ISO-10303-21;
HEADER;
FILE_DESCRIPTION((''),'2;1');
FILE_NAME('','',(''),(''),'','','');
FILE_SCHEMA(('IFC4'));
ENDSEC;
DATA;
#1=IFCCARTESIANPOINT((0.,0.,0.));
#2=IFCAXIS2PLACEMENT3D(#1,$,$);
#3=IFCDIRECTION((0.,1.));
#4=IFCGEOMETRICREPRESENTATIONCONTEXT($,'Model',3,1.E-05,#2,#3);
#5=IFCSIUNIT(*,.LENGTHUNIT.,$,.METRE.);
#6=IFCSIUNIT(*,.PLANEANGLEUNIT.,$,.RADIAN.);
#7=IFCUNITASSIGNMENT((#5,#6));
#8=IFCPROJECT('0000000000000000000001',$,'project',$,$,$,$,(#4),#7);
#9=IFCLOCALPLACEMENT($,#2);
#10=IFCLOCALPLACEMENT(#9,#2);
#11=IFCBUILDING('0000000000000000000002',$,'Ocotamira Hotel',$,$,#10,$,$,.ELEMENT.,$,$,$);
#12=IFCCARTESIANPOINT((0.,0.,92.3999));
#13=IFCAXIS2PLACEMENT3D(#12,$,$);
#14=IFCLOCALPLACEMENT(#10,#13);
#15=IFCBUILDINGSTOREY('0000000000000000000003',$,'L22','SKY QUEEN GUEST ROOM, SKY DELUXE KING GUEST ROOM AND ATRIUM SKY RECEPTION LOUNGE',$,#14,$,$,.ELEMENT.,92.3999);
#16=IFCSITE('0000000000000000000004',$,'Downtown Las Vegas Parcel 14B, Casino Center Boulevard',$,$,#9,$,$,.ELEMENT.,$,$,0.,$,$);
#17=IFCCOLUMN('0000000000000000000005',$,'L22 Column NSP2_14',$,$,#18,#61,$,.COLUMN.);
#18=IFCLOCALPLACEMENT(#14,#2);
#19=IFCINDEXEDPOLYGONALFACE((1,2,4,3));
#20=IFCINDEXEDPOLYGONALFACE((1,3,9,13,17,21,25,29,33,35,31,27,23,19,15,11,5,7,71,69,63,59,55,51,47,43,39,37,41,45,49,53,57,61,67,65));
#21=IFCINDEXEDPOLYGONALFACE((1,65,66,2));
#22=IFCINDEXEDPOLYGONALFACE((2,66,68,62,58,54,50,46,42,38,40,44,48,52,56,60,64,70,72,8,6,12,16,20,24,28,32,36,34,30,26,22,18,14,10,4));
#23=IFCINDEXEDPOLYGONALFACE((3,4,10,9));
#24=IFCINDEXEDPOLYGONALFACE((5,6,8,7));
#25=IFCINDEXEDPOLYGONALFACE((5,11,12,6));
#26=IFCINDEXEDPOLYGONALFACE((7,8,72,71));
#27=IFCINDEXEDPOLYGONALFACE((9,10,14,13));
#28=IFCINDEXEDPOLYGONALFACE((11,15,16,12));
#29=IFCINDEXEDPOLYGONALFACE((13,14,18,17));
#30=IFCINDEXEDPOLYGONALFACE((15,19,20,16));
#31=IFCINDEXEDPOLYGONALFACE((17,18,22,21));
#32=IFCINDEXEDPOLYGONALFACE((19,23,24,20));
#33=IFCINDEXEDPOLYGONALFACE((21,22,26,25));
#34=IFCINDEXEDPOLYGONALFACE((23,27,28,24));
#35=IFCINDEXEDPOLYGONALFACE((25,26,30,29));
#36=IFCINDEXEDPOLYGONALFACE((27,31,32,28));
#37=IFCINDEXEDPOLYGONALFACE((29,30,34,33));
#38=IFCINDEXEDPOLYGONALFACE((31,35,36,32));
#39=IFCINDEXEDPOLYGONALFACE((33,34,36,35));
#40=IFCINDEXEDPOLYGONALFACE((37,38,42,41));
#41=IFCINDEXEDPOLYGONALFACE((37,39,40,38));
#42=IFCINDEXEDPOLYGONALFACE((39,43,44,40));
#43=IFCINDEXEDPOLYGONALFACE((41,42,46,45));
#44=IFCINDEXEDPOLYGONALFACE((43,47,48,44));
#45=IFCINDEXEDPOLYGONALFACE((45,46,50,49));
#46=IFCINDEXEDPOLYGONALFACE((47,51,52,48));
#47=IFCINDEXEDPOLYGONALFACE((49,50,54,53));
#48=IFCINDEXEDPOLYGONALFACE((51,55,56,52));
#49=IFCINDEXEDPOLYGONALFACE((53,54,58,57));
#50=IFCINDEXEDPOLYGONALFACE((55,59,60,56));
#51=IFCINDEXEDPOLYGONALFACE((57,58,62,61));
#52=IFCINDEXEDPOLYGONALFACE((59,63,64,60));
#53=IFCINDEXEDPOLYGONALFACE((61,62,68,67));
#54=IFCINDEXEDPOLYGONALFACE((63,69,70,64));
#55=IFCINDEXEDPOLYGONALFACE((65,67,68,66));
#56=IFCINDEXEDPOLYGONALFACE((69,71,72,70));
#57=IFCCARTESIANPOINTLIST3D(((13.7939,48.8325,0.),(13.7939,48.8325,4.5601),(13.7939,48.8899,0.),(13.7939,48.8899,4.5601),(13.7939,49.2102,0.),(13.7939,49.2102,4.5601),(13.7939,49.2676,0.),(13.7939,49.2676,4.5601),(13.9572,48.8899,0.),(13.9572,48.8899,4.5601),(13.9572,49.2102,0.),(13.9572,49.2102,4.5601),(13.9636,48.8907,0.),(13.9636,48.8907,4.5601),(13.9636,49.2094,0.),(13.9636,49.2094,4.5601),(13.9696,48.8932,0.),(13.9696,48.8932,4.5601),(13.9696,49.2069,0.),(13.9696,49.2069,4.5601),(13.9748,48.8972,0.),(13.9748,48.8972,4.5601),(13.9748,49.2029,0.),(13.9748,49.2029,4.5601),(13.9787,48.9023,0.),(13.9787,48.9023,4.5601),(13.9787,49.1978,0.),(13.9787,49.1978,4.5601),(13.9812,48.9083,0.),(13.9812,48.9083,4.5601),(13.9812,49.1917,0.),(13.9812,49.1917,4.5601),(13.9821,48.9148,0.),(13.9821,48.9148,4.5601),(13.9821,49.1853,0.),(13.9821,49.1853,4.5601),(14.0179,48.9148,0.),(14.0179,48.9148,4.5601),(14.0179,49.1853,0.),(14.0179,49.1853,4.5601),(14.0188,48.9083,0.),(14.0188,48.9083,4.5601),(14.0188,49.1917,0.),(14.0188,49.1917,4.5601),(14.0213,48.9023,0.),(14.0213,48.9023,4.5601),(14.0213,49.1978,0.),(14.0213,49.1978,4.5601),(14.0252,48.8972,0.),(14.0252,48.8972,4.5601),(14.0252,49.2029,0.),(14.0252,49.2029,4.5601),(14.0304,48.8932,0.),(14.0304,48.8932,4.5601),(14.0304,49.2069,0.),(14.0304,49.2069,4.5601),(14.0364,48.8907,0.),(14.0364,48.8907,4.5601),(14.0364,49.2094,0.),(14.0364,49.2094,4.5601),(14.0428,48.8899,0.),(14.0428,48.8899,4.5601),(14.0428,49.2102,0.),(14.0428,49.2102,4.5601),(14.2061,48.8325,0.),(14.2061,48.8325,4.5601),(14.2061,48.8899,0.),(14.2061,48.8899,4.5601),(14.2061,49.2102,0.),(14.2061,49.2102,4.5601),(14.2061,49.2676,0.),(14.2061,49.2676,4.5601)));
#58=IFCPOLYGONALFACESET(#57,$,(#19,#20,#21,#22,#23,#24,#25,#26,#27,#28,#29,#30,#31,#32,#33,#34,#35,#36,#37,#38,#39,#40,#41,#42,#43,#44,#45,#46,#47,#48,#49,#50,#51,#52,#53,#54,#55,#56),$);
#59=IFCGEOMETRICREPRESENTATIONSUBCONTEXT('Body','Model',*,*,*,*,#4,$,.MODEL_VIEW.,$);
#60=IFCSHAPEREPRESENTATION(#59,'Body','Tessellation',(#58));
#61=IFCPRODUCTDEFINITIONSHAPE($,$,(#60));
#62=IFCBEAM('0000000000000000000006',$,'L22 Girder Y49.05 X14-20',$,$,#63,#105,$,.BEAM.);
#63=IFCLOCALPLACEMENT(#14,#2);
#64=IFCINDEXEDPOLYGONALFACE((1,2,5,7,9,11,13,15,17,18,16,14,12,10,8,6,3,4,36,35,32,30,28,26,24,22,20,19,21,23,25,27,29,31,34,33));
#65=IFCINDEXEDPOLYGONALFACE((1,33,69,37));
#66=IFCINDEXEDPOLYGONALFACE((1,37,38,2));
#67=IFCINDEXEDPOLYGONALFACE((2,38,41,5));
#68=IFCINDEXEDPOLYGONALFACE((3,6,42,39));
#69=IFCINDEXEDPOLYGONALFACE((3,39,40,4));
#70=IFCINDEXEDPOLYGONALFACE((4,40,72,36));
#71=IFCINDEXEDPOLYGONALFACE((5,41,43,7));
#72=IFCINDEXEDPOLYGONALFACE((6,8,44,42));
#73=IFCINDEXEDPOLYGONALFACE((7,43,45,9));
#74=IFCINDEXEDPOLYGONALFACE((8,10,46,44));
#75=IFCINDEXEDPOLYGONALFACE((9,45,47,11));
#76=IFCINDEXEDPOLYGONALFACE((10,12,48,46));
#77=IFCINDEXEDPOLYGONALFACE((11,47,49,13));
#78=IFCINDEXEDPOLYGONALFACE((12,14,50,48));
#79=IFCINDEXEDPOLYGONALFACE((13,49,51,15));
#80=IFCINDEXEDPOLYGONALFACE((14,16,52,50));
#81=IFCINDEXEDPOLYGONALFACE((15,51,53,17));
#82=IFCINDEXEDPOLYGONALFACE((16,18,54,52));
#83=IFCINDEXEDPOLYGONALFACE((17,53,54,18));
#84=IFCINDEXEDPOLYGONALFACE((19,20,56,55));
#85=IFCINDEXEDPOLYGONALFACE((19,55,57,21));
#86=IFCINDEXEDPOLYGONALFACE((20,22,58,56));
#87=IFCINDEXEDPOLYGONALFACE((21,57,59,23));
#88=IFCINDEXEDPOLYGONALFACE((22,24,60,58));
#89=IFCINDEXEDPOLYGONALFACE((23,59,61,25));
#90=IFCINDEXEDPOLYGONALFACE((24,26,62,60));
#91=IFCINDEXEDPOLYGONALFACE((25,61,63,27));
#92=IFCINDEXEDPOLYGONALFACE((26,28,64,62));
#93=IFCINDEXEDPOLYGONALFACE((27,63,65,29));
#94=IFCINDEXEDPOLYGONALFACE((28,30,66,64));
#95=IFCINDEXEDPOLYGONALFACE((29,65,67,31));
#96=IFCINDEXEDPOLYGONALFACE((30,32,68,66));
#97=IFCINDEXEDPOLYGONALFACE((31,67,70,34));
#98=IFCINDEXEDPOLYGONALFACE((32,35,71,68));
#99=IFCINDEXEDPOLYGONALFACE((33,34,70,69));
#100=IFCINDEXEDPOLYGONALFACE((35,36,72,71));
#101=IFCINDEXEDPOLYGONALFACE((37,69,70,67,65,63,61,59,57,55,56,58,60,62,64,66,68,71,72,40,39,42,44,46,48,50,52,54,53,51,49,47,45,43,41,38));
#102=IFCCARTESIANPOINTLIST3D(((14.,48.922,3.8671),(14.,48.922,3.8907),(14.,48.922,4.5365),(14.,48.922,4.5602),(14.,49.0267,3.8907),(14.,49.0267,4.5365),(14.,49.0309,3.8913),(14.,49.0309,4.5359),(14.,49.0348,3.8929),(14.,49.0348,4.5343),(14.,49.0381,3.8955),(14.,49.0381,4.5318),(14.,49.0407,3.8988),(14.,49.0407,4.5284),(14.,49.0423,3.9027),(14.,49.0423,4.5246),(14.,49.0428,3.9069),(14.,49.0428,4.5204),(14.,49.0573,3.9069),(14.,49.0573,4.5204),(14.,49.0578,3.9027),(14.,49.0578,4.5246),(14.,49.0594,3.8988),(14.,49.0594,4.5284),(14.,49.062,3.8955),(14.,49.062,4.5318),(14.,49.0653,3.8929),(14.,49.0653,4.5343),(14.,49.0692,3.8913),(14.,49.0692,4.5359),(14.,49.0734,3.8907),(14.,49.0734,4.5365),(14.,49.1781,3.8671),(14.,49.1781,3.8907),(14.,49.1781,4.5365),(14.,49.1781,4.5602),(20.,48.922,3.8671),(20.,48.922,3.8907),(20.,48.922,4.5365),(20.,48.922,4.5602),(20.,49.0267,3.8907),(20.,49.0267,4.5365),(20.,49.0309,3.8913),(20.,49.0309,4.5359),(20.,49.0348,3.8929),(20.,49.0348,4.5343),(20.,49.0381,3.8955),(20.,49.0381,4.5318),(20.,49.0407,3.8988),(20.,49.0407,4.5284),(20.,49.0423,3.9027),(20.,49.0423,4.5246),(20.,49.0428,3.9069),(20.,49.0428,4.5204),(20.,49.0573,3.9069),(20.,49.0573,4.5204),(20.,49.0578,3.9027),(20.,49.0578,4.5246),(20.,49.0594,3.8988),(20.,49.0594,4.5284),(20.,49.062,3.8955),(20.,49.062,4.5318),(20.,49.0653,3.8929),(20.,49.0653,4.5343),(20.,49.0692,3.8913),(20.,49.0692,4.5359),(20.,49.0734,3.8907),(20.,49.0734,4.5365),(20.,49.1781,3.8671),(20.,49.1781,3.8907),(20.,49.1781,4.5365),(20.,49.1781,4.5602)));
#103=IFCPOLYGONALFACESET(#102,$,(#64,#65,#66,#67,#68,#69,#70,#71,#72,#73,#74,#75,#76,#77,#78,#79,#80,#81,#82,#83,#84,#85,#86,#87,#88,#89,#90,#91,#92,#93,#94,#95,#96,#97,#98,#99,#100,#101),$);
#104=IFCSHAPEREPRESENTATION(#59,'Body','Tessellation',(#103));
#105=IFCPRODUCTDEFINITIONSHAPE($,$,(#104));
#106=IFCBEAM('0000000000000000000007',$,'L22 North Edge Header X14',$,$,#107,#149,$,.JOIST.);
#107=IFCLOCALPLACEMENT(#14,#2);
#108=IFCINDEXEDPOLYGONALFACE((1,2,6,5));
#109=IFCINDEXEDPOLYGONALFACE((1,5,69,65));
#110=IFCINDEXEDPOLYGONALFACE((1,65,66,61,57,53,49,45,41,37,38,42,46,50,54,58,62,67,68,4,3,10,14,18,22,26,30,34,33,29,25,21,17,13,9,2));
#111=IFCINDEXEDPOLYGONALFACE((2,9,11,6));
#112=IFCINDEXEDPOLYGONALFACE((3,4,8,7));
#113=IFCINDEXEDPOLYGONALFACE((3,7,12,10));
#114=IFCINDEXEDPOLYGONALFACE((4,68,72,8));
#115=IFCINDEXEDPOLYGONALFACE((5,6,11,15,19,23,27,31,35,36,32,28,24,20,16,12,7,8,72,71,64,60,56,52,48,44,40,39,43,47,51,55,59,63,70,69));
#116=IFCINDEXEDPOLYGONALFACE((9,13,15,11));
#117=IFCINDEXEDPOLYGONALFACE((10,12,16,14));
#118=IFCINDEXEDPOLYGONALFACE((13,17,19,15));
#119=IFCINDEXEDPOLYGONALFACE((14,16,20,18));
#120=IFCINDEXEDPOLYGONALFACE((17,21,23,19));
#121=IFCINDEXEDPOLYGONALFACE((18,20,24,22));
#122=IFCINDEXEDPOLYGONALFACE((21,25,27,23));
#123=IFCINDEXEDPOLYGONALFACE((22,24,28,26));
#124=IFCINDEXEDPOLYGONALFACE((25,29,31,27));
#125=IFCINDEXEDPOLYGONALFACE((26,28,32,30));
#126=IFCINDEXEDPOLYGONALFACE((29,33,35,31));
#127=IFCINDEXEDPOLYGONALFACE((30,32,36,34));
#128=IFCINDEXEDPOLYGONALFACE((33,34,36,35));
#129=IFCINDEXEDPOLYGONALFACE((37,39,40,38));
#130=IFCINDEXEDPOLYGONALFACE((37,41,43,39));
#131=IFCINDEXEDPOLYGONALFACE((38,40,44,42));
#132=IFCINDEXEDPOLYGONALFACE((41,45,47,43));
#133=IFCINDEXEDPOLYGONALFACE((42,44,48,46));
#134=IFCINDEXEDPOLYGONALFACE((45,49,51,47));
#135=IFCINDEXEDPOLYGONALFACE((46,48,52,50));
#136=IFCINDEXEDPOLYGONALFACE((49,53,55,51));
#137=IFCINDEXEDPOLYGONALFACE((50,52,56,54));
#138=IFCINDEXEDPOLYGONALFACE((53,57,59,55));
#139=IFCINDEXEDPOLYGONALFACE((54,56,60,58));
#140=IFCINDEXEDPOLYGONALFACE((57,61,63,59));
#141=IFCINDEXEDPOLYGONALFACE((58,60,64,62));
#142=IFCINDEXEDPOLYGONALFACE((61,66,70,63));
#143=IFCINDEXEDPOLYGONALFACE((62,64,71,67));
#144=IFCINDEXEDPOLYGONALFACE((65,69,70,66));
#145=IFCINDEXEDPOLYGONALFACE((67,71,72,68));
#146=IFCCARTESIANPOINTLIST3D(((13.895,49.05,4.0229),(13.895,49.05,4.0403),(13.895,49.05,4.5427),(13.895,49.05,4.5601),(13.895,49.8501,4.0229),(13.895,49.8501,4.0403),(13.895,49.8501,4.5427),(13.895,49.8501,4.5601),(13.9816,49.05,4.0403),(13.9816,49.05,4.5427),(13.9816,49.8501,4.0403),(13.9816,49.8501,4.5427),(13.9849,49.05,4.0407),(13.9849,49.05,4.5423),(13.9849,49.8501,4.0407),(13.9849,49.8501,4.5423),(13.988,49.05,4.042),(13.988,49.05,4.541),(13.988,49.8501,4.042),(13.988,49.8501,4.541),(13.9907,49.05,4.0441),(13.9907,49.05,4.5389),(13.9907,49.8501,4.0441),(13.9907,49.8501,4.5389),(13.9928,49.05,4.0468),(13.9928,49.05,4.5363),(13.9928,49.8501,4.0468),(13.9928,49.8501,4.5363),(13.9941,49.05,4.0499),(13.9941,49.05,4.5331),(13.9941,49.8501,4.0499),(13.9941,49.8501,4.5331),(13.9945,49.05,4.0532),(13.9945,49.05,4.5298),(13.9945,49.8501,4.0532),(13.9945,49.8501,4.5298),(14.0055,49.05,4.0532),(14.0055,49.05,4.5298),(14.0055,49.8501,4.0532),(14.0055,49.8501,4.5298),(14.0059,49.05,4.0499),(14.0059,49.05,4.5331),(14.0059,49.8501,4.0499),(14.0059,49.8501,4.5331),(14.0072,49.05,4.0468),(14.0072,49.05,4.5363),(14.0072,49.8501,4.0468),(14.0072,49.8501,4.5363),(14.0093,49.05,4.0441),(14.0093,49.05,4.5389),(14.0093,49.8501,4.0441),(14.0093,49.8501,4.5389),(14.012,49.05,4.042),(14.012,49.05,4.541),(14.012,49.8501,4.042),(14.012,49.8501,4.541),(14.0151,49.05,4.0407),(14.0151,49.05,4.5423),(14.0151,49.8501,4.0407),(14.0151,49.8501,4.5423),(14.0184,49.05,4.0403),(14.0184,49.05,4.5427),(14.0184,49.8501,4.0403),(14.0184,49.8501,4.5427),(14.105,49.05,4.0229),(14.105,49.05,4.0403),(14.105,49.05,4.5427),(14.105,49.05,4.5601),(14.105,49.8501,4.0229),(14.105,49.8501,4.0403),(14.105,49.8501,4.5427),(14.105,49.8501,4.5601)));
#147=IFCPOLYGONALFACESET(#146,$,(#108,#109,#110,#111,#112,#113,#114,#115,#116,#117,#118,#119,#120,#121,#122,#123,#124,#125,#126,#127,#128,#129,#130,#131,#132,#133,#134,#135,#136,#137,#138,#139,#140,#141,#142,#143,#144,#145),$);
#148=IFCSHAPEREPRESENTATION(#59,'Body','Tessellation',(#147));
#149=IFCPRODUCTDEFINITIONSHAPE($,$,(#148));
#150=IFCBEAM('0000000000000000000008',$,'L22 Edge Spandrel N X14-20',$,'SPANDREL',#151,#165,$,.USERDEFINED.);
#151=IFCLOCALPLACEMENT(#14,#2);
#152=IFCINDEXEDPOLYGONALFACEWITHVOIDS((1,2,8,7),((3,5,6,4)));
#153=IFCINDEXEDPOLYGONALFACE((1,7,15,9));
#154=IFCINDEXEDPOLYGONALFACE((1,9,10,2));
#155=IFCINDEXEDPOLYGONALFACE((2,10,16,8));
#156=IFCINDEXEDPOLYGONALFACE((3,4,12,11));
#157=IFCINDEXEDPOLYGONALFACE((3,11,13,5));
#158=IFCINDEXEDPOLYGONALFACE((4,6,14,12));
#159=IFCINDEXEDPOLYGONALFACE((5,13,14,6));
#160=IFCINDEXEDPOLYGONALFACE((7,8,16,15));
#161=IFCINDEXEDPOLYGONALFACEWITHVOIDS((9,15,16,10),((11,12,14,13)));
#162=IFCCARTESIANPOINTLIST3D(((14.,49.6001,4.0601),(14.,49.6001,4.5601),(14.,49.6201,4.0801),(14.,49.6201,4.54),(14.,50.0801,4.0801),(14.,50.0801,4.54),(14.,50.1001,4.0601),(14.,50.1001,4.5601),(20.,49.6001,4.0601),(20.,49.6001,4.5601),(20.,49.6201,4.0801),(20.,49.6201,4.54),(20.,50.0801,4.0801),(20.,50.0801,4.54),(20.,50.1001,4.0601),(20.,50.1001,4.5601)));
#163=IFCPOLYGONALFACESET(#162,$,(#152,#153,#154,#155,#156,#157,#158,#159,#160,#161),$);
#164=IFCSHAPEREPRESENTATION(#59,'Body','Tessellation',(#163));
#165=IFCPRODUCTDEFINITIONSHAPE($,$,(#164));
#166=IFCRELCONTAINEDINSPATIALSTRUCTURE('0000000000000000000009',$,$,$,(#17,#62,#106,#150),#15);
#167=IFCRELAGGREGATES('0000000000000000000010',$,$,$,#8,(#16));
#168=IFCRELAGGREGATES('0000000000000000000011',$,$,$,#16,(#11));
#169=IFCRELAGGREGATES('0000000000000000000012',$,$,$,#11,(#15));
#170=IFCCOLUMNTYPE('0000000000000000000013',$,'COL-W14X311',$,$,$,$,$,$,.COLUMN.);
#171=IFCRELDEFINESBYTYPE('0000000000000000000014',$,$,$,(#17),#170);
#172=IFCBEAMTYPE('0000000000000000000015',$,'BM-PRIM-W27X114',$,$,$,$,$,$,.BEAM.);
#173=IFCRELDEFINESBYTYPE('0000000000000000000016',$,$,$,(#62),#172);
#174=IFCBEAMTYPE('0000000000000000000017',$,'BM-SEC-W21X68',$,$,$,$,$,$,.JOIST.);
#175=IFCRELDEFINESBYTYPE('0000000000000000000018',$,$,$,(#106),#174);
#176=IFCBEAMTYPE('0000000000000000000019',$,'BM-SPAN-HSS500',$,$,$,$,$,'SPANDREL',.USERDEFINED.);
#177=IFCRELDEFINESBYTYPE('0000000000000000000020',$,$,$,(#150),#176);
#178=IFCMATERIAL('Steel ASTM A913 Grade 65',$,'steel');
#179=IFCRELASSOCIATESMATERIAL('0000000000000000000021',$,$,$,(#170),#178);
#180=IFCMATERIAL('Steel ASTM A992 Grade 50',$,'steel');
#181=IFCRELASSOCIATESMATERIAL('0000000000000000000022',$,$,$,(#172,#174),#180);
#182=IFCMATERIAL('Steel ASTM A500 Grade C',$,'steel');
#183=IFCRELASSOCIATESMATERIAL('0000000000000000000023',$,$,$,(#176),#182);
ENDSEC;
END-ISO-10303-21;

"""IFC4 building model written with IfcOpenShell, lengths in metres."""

from ifc_helpers import new_model, si_unit, direction, frame, origin, origin_2d, place, context, subcontext, project, spatial, hollow_rectangle, i_section, extrude, source, transform, mapped, material, material_profile, profile_set, type_object, element, save


model = new_model("IFC4")

# Units and contexts
model_context = context("Model", 3, precision=1e-05, world=origin(), true_north=direction((0.0, 1.0)))
body_context = subcontext(model_context, "Body", "Model", "MODEL_VIEW")
ifc_project = project(units=[si_unit("LENGTHUNIT", "METRE"), si_unit("PLANEANGLEUNIT", "RADIAN")], contexts=[model_context])

# Site, building, storey
site_placement = place(None, origin())
site = spatial("IfcSite", under=ifc_project, at=site_placement, Name="Downtown Las Vegas Parcel 14B, Casino Center Boulevard", CompositionType="ELEMENT", RefElevation=0.0)
building_placement = place(site_placement, origin())
building = spatial("IfcBuilding", under=site, at=building_placement, Name="Ocotamira Hotel", CompositionType="ELEMENT")
storey_placement = place(building_placement, frame((0.0, 0.0, 92.3999)))
storey = spatial("IfcBuildingStorey", under=building, at=storey_placement, Name="L22", Description="SKY QUEEN GUEST ROOM, SKY DELUXE KING GUEST ROOM AND ATRIUM SKY RECEPTION LOUNGE", CompositionType="ELEMENT", Elevation=92.3999)

# Column
ifc_material_1 = material(Name="Steel ASTM A913 Grade 65", Category="steel")
ifc_material_profile_1 = material_profile(ifc_material_1, i_section(OverallWidth=0.4121, OverallDepth=0.4351, WebThickness=0.0359, FlangeThickness=0.0574, FilletRadius=0.0249, at=origin_2d()), Name="W14X311")
ifc_profile_set_1 = profile_set([ifc_material_profile_1], Name="Steel ASTM A913 Grade 65")
column_type = type_object("IfcColumnType", Name="COL-W14X311", PredefinedType="COLUMN", material=ifc_profile_set_1)
shared_shape_1 = source(origin(), body_context, "Body", "SweptSolid", [
    extrude(i_section(OverallWidth=0.4121, OverallDepth=0.4351, WebThickness=0.0359, FlangeThickness=0.0574, FilletRadius=0.0249, at=origin_2d()), origin(), (0.0, 0.0, 1.0), 4.5601),
])
column_placement = place(storey_placement, frame((14.0, 49.05, 0.0), z_axis=(0.0, 0.0, 1.0), x_axis=(1.0, 0.0, 0.0)))
element("IfcColumn", 1, at=column_placement, inside=storey, type_object=column_type, Name="L22 Column NSP2_14", PredefinedType="COLUMN", context=body_context, shape_type="MappedRepresentation", body=[
    mapped(shared_shape_1, transform((0.0, 0.0, 0.0), scale=1.0)),
])

# Beams
ifc_material_2 = material(Name="Steel ASTM A992 Grade 50", Category="steel")
ifc_material_profile_2 = material_profile(ifc_material_2, i_section(OverallWidth=0.2561, OverallDepth=0.6931, WebThickness=0.0144, FlangeThickness=0.0237, FilletRadius=0.0161, at=origin_2d()), Name="W27X114")
ifc_profile_set_2 = profile_set([ifc_material_profile_2], Name="Steel ASTM A992 Grade 50")
beam_type_1 = type_object("IfcBeamType", Name="BM-PRIM-W27X114", PredefinedType="BEAM", material=ifc_profile_set_2)
shared_shape_2 = source(origin(), body_context, "Body", "SweptSolid", [
    extrude(i_section(OverallWidth=0.2561, OverallDepth=0.6931, WebThickness=0.0144, FlangeThickness=0.0237, FilletRadius=0.0161, at=origin_2d()), origin(), (0.0, 0.0, 1.0), 6.0),
])
beam_1_placement = place(storey_placement, frame((14.0, 49.05, 4.2136), z_axis=(1.0, 0.0, 0.0), x_axis=(0.0, 1.0, 0.0)))
element("IfcBeam", 2, at=beam_1_placement, inside=storey, type_object=beam_type_1, Name="L22 Girder Y49.05 X14-20", PredefinedType="BEAM", context=body_context, shape_type="MappedRepresentation", body=[
    mapped(shared_shape_2, transform((0.0, 0.0, 0.0), scale=1.0)),
])
ifc_material_profile_3 = material_profile(ifc_material_2, i_section(OverallWidth=0.21, OverallDepth=0.5371, WebThickness=0.011, FlangeThickness=0.0173, FilletRadius=0.0129, at=origin_2d()), Name="W21X68")
ifc_profile_set_3 = profile_set([ifc_material_profile_3], Name="Steel ASTM A992 Grade 50")
beam_type_2 = type_object("IfcBeamType", Name="BM-SEC-W21X68", PredefinedType="JOIST", material=ifc_profile_set_3)
shared_shape_3 = source(origin(), body_context, "Body", "SweptSolid", [
    extrude(i_section(OverallWidth=0.21, OverallDepth=0.5371, WebThickness=0.011, FlangeThickness=0.0173, FilletRadius=0.0129, at=origin_2d()), origin(), (0.0, 0.0, 1.0), 0.8),
])
beam_2_placement = place(storey_placement, frame((14.0, 49.05, 4.2915), z_axis=(0.0, 1.0, 0.0), x_axis=(-1.0, 0.0, 0.0)))
element("IfcBeam", 3, at=beam_2_placement, inside=storey, type_object=beam_type_2, Name="L22 North Edge Header X14", PredefinedType="JOIST", context=body_context, shape_type="MappedRepresentation", body=[
    mapped(shared_shape_3, transform((0.0, 0.0, 0.0), scale=1.0)),
])
ifc_material_3 = material(Name="Steel ASTM A500 Grade C", Category="steel")
ifc_material_profile_4 = material_profile(ifc_material_3, hollow_rectangle(XDim=0.5, YDim=0.5, WallThickness=0.02, at=origin_2d()), Name="HSS500X500X20")
ifc_profile_set_4 = profile_set([ifc_material_profile_4], Name="Steel ASTM A500 Grade C")
beam_type_3 = type_object("IfcBeamType", Name="BM-SPAN-HSS500", ElementType="SPANDREL", PredefinedType="USERDEFINED", material=ifc_profile_set_4)
shared_shape_4 = source(origin(), body_context, "Body", "SweptSolid", [
    extrude(hollow_rectangle(XDim=0.5, YDim=0.5, WallThickness=0.02, at=origin_2d()), origin(), (0.0, 0.0, 1.0), 6.0),
])
beam_3_placement = place(storey_placement, frame((14.0, 49.8501, 4.3101), z_axis=(1.0, 0.0, 0.0), x_axis=(0.0, 1.0, 0.0)))
element("IfcBeam", 4, at=beam_3_placement, inside=storey, type_object=beam_type_3, Name="L22 Edge Spandrel N X14-20", ObjectType="SPANDREL", PredefinedType="USERDEFINED", context=body_context, shape_type="MappedRepresentation", body=[
    mapped(shared_shape_4, transform((0.0, 0.0, 0.0), scale=1.0)),
])

save(model, "model.ifc")
